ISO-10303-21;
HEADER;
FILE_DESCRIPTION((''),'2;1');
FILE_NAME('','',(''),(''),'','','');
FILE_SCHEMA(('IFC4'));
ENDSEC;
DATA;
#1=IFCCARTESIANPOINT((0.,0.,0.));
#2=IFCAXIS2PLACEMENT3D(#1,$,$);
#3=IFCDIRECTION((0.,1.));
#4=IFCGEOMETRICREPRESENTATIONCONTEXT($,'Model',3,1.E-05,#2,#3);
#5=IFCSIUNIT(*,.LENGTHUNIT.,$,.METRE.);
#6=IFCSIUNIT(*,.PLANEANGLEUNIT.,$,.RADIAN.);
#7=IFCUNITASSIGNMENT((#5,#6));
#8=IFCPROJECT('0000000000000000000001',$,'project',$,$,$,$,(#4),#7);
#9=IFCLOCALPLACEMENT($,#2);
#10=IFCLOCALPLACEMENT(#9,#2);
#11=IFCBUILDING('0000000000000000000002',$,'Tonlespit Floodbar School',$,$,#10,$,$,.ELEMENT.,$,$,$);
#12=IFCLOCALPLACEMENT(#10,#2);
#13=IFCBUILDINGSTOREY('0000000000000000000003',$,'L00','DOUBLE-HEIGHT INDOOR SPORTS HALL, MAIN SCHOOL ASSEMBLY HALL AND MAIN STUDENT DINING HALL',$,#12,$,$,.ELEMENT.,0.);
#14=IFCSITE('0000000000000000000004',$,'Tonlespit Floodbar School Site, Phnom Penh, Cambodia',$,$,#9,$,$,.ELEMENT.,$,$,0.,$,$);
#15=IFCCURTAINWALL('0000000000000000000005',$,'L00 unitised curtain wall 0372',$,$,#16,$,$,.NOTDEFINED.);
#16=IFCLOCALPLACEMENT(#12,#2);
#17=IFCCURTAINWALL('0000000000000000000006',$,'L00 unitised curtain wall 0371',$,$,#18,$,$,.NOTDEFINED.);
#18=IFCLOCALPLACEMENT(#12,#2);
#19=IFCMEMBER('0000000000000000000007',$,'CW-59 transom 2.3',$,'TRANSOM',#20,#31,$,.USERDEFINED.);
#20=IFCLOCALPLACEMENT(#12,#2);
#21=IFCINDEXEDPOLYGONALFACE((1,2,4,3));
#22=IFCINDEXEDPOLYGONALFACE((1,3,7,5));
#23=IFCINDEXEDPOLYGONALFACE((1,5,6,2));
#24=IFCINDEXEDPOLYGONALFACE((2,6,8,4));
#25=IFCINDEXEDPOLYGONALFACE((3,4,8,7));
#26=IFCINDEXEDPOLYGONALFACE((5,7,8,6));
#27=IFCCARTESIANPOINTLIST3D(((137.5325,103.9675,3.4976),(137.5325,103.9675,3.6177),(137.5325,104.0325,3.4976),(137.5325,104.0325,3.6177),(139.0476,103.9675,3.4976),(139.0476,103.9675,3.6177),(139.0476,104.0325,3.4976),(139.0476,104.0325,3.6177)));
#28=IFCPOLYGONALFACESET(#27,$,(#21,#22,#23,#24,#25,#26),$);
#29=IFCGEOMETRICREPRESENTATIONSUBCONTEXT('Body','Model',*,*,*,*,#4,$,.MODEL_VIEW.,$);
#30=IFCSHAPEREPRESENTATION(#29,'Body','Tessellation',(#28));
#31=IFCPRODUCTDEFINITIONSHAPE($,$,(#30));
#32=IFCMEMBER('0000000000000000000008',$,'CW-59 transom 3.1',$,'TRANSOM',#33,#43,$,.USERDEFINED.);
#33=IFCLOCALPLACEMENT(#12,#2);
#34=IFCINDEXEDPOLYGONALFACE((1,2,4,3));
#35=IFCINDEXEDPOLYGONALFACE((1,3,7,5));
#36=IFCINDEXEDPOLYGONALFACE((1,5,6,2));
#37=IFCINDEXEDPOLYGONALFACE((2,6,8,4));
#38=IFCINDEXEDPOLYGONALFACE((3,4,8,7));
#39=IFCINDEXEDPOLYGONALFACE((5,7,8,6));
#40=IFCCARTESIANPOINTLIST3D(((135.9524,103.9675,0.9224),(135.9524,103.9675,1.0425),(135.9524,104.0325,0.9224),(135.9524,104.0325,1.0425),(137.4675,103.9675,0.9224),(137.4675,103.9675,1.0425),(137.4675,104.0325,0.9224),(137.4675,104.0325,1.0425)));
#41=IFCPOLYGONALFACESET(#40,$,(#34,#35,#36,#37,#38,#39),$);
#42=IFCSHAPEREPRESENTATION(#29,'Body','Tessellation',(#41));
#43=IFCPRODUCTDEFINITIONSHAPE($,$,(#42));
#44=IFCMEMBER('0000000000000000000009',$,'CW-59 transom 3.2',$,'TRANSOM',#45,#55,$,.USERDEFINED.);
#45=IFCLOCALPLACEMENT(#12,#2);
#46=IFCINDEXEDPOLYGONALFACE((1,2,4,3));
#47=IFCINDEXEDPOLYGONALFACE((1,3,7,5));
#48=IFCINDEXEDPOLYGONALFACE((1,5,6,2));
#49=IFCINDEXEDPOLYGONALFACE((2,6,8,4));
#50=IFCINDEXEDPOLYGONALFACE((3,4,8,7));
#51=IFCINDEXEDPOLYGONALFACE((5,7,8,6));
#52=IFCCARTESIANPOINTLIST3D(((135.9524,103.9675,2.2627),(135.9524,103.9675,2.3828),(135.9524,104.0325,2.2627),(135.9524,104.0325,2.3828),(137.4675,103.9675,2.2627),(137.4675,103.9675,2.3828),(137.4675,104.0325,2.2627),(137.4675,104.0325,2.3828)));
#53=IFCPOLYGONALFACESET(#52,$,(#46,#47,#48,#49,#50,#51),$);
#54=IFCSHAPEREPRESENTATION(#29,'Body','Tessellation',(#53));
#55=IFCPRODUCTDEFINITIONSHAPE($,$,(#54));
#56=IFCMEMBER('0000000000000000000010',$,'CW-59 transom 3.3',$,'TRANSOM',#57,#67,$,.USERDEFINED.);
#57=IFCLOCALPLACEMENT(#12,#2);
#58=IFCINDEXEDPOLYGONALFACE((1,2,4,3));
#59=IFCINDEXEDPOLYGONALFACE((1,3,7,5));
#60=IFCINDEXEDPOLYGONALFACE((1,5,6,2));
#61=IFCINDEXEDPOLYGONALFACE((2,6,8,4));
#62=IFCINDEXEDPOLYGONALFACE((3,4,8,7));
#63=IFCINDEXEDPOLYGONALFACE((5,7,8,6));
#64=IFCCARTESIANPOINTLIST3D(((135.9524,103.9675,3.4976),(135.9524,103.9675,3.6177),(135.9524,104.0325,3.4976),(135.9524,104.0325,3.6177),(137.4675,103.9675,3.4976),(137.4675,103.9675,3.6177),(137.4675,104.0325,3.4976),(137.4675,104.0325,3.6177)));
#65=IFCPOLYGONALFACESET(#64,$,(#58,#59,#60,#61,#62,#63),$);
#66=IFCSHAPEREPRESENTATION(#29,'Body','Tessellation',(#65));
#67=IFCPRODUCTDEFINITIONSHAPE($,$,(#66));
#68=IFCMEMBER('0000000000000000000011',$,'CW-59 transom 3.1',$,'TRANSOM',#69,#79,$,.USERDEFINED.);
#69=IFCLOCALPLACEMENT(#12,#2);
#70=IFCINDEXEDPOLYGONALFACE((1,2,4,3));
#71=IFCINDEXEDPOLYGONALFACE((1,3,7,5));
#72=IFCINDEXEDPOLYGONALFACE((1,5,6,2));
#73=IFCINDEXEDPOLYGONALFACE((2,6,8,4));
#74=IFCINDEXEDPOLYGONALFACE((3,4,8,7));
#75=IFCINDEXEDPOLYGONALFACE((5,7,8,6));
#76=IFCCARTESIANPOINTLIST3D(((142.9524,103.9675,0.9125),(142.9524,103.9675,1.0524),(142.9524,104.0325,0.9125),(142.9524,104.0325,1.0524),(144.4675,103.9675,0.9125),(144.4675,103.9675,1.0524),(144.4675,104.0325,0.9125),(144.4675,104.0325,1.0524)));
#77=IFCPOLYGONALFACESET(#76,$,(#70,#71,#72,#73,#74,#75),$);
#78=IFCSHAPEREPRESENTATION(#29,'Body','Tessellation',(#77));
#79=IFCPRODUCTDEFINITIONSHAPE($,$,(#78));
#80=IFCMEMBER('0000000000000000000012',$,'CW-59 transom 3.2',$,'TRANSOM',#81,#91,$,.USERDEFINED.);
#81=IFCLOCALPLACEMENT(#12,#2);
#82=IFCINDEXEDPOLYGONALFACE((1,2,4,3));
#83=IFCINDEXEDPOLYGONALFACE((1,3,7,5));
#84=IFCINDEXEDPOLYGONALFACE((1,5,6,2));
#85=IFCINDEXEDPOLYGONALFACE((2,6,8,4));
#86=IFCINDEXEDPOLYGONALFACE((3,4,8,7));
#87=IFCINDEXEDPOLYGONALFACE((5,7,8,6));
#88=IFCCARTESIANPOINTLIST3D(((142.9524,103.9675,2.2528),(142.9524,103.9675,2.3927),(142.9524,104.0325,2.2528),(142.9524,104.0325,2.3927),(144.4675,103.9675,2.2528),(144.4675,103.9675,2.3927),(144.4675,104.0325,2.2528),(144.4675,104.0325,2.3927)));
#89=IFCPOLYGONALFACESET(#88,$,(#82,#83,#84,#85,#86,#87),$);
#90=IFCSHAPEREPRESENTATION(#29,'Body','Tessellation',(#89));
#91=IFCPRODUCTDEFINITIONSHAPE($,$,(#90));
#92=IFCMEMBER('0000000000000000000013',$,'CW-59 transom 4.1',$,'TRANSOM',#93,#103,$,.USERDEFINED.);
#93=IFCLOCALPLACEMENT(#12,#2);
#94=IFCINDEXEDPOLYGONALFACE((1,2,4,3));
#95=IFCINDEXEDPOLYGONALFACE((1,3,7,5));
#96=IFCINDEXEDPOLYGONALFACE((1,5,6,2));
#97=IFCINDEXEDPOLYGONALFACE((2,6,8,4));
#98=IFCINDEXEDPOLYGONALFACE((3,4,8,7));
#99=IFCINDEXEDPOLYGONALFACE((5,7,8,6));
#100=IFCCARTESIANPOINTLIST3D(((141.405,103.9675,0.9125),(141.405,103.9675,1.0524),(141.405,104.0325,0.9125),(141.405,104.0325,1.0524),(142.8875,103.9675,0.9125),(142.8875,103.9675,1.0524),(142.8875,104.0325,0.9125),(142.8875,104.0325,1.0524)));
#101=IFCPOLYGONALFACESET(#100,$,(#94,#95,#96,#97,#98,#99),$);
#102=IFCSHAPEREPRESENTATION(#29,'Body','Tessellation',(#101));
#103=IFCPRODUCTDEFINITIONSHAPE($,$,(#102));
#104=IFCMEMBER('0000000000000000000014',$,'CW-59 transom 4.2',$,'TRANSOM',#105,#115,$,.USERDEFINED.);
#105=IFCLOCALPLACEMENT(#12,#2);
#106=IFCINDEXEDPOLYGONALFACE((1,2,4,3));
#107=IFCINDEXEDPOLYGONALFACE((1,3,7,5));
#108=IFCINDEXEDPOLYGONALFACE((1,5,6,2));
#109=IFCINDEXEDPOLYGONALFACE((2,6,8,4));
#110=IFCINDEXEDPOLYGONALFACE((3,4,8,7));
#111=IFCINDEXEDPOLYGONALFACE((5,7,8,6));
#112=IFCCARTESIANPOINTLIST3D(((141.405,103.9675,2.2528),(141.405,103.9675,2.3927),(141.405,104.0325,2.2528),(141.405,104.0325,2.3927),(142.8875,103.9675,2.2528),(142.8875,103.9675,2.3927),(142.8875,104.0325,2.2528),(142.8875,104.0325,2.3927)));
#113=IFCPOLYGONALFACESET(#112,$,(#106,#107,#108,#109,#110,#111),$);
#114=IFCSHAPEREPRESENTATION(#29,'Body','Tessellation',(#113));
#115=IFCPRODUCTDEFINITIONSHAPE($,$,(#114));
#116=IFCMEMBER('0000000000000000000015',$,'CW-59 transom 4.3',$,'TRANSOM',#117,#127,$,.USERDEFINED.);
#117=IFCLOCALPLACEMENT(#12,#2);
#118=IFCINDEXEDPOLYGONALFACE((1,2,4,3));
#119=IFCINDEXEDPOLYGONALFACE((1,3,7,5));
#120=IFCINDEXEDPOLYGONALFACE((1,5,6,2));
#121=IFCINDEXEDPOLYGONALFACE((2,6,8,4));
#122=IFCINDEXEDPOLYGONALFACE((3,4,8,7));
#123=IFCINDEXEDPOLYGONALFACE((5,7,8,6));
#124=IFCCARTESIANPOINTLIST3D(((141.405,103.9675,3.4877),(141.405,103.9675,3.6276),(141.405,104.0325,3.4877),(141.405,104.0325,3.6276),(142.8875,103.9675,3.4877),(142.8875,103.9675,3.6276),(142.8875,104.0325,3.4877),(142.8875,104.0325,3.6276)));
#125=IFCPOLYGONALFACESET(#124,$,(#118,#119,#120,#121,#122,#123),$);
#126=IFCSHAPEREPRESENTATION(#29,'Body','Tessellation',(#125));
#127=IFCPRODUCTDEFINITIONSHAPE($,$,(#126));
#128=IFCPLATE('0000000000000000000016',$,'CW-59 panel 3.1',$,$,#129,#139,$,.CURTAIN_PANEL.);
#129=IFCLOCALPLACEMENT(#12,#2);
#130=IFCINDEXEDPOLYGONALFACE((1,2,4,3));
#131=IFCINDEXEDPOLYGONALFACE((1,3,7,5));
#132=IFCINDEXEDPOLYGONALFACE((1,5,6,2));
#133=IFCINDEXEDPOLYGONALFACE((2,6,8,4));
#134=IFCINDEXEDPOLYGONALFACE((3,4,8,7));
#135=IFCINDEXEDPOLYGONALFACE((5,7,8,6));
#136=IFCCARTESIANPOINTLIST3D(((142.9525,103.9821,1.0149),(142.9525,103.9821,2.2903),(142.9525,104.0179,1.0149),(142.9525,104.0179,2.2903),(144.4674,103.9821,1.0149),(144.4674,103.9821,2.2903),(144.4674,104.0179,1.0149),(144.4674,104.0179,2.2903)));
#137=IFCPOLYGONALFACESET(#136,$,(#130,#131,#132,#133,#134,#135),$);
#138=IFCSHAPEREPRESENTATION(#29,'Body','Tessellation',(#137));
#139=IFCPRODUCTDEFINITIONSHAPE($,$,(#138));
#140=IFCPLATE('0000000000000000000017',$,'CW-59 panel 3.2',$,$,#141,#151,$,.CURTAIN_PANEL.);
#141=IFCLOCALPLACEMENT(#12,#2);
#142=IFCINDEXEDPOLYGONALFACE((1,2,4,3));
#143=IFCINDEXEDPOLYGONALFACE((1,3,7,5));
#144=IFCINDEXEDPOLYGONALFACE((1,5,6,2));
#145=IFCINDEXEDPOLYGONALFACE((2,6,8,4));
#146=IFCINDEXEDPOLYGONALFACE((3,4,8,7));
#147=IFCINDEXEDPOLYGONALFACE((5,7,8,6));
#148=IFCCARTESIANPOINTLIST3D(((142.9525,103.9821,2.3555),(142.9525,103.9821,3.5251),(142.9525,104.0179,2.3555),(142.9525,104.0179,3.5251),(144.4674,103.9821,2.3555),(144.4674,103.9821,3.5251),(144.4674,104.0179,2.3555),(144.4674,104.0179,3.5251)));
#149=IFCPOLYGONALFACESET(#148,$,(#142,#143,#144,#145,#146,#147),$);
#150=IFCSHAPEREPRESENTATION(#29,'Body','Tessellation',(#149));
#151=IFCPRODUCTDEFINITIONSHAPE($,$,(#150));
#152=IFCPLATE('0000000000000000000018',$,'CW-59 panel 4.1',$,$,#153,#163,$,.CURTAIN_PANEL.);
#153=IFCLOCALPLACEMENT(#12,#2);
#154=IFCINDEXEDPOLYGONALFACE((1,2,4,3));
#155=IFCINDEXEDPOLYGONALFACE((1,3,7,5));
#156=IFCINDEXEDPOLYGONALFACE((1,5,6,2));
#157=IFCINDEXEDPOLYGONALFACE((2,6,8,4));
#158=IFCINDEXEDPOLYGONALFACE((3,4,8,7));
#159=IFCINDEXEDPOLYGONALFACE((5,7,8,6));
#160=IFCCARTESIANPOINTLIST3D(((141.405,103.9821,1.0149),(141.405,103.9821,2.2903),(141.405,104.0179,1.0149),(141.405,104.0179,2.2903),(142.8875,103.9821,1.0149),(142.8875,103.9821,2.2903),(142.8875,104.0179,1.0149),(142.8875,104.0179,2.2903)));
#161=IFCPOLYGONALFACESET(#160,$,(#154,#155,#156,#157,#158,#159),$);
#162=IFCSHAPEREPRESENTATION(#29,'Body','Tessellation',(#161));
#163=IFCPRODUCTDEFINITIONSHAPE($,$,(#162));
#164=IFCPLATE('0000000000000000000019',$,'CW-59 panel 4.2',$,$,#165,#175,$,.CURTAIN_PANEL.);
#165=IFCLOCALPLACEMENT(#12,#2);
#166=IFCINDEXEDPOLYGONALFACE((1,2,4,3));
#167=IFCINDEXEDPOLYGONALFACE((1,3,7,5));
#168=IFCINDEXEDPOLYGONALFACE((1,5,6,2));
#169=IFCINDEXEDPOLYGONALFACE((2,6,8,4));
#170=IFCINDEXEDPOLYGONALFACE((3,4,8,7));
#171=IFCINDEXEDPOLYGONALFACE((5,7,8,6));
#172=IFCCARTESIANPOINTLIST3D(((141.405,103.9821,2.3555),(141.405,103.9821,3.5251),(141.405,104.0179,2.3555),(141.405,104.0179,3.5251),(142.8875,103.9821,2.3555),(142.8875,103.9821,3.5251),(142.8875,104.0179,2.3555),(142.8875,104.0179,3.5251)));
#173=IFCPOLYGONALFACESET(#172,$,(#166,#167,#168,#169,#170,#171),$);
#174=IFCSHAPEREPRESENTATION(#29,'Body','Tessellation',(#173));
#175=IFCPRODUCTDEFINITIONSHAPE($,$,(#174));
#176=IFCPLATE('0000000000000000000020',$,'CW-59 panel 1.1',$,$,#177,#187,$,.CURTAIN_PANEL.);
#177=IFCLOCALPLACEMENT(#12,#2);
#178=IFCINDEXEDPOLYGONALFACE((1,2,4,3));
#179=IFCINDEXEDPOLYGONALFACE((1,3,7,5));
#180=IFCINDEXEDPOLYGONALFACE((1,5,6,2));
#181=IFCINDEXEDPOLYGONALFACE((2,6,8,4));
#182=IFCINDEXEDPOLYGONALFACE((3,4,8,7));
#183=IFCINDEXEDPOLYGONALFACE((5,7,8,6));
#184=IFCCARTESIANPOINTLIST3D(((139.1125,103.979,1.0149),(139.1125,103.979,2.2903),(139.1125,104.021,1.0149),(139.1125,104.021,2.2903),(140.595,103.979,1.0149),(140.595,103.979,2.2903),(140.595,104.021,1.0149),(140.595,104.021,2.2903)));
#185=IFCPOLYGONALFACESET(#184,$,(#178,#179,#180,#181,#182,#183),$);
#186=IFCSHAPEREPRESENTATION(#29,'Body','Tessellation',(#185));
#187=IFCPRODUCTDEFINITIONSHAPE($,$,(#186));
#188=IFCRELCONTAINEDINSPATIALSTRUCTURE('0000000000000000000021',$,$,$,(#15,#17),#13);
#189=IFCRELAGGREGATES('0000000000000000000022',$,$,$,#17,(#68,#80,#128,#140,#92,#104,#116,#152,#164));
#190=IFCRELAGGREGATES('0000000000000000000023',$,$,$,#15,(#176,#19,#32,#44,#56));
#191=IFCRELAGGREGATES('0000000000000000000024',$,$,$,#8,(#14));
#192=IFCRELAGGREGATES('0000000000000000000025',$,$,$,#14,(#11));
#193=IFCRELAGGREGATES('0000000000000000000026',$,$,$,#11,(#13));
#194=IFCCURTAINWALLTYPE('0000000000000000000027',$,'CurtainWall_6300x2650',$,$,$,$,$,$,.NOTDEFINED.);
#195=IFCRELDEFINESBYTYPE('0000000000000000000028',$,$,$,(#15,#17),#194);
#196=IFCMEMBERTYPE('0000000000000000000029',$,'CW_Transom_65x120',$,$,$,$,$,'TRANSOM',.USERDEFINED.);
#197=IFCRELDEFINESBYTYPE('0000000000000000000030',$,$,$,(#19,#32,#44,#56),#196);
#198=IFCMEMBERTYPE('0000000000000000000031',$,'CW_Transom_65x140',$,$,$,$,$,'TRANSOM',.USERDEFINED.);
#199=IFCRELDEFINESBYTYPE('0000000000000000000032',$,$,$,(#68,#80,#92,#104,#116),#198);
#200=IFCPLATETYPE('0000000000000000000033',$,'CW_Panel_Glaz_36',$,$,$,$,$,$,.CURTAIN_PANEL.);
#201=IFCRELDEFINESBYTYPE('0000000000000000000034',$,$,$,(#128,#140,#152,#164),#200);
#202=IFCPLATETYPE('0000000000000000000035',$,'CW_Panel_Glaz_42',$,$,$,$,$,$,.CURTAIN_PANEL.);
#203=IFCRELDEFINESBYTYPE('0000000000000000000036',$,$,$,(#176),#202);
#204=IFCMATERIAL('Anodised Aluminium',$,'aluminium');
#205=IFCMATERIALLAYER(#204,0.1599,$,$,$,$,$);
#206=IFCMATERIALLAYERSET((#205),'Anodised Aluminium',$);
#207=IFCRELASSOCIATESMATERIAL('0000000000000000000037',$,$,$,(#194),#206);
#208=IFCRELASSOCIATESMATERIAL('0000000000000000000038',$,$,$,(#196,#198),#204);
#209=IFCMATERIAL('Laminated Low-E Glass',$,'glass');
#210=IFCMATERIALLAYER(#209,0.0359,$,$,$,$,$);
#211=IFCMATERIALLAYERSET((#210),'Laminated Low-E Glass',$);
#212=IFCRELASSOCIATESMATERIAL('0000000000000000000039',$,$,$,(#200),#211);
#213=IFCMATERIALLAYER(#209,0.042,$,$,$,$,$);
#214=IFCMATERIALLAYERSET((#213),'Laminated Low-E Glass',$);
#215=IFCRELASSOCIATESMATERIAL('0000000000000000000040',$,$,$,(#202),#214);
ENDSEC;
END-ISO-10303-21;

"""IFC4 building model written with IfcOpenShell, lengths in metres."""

from ifc_helpers import new_model, si_unit, direction, frame, origin, origin_2d, place, context, subcontext, project, spatial, rectangle, extrude, material, layer, layer_set, material_profile, profile_set, type_object, element, aggregate, save


model = new_model("IFC4")

# Units and contexts
model_context = context("Model", 3, precision=1e-05, world=origin(), true_north=direction((0.0, 1.0)))
body_context = subcontext(model_context, "Body", "Model", "MODEL_VIEW")
ifc_project = project(units=[si_unit("LENGTHUNIT", "METRE"), si_unit("PLANEANGLEUNIT", "RADIAN")], contexts=[model_context])

# Site, building, storey
site_placement = place(None, origin())
site = spatial("IfcSite", under=ifc_project, at=site_placement, Name="Tonlespit Floodbar School Site, Phnom Penh, Cambodia", CompositionType="ELEMENT", RefElevation=0.0)
building_placement = place(site_placement, origin())
building = spatial("IfcBuilding", under=site, at=building_placement, Name="Tonlespit Floodbar School", CompositionType="ELEMENT")
storey_placement = place(building_placement, origin())
storey = spatial("IfcBuildingStorey", under=building, at=storey_placement, Name="L00", Description="DOUBLE-HEIGHT INDOOR SPORTS HALL, MAIN SCHOOL ASSEMBLY HALL AND MAIN STUDENT DINING HALL", CompositionType="ELEMENT", Elevation=0.0)

# Curtain walls
ifc_material_1 = material(Name="Anodised Aluminium", Category="aluminium")
ifc_layer_1 = layer(ifc_material_1, 0.1599)
ifc_layer_set_1 = layer_set([ifc_layer_1], Name="Anodised Aluminium")
curtain_wall_type = type_object("IfcCurtainWallType", Name="CurtainWall_6300x2650", PredefinedType="NOTDEFINED", material=ifc_layer_set_1)
curtain_wall_1_placement = place(storey_placement, origin())
curtain_wall_1 = element("IfcCurtainWall", 1, at=curtain_wall_1_placement, inside=storey, type_object=curtain_wall_type, Name="L00 unitised curtain wall 0372", PredefinedType="NOTDEFINED")
curtain_wall_2_placement = place(storey_placement, origin())
curtain_wall_2 = element("IfcCurtainWall", 2, at=curtain_wall_2_placement, inside=storey, type_object=curtain_wall_type, Name="L00 unitised curtain wall 0371", PredefinedType="NOTDEFINED")

# Members
ifc_material_profile_1 = material_profile(ifc_material_1, rectangle(XDim=0.0649, YDim=0.1201, at=origin_2d()), Name="ALU T65x120")
ifc_profile_set_1 = profile_set([ifc_material_profile_1], Name="Anodised Aluminium")
member_type_1 = type_object("IfcMemberType", Name="CW_Transom_65x120", ElementType="TRANSOM", PredefinedType="USERDEFINED", material=ifc_profile_set_1)
member_1_placement = place(storey_placement, frame((139.0476, 104.0, 3.5576), z_axis=(-1.0, 0.0, 0.0), x_axis=(0.0, -1.0, 0.0)))
member_1 = element("IfcMember", 3, at=member_1_placement, type_object=member_type_1, Name="CW-59 transom 2.3", ObjectType="TRANSOM", PredefinedType="USERDEFINED", context=body_context, shape_type="SweptSolid", body=[
    extrude(rectangle(XDim=0.0649, YDim=0.1201, at=origin_2d()), origin(), (0.0, 0.0, 1.0), 1.5151),
])
member_2_placement = place(storey_placement, frame((137.4675, 104.0, 0.9824), z_axis=(-1.0, 0.0, 0.0), x_axis=(0.0, -1.0, 0.0)))
member_2 = element("IfcMember", 4, at=member_2_placement, type_object=member_type_1, Name="CW-59 transom 3.1", ObjectType="TRANSOM", PredefinedType="USERDEFINED", context=body_context, shape_type="SweptSolid", body=[
    extrude(rectangle(XDim=0.0649, YDim=0.1201, at=origin_2d()), origin(), (0.0, 0.0, 1.0), 1.5151),
])
member_3_placement = place(storey_placement, frame((137.4675, 104.0, 2.3228), z_axis=(-1.0, 0.0, 0.0), x_axis=(0.0, -1.0, 0.0)))
member_3 = element("IfcMember", 5, at=member_3_placement, type_object=member_type_1, Name="CW-59 transom 3.2", ObjectType="TRANSOM", PredefinedType="USERDEFINED", context=body_context, shape_type="SweptSolid", body=[
    extrude(rectangle(XDim=0.0649, YDim=0.1201, at=origin_2d()), origin(), (0.0, 0.0, 1.0), 1.5151),
])
member_4_placement = place(storey_placement, frame((137.4675, 104.0, 3.5576), z_axis=(-1.0, 0.0, 0.0), x_axis=(0.0, -1.0, 0.0)))
member_4 = element("IfcMember", 6, at=member_4_placement, type_object=member_type_1, Name="CW-59 transom 3.3", ObjectType="TRANSOM", PredefinedType="USERDEFINED", context=body_context, shape_type="SweptSolid", body=[
    extrude(rectangle(XDim=0.0649, YDim=0.1201, at=origin_2d()), origin(), (0.0, 0.0, 1.0), 1.5151),
])
ifc_material_profile_2 = material_profile(ifc_material_1, rectangle(XDim=0.0649, YDim=0.1399, at=origin_2d()), Name="ALU T65x140")
ifc_profile_set_2 = profile_set([ifc_material_profile_2], Name="Anodised Aluminium")
member_type_2 = type_object("IfcMemberType", Name="CW_Transom_65x140", ElementType="TRANSOM", PredefinedType="USERDEFINED", material=ifc_profile_set_2)
member_5_placement = place(storey_placement, frame((144.4675, 104.0, 0.9824), z_axis=(-1.0, 0.0, 0.0), x_axis=(0.0, -1.0, 0.0)))
member_5 = element("IfcMember", 7, at=member_5_placement, type_object=member_type_2, Name="CW-59 transom 3.1", ObjectType="TRANSOM", PredefinedType="USERDEFINED", context=body_context, shape_type="SweptSolid", body=[
    extrude(rectangle(XDim=0.0649, YDim=0.1399, at=origin_2d()), origin(), (0.0, 0.0, 1.0), 1.5151),
])
member_6_placement = place(storey_placement, frame((144.4675, 104.0, 2.3228), z_axis=(-1.0, 0.0, 0.0), x_axis=(0.0, -1.0, 0.0)))
member_6 = element("IfcMember", 8, at=member_6_placement, type_object=member_type_2, Name="CW-59 transom 3.2", ObjectType="TRANSOM", PredefinedType="USERDEFINED", context=body_context, shape_type="SweptSolid", body=[
    extrude(rectangle(XDim=0.0649, YDim=0.1399, at=origin_2d()), origin(), (0.0, 0.0, 1.0), 1.5151),
])
member_7_placement = place(storey_placement, frame((142.8875, 104.0, 0.9824), z_axis=(-1.0, 0.0, 0.0), x_axis=(0.0, -1.0, 0.0)))
member_7 = element("IfcMember", 9, at=member_7_placement, type_object=member_type_2, Name="CW-59 transom 4.1", ObjectType="TRANSOM", PredefinedType="USERDEFINED", context=body_context, shape_type="SweptSolid", body=[
    extrude(rectangle(XDim=0.0649, YDim=0.1399, at=origin_2d()), origin(), (0.0, 0.0, 1.0), 1.4824),
])
member_8_placement = place(storey_placement, frame((142.8875, 104.0, 2.3228), z_axis=(-1.0, 0.0, 0.0), x_axis=(0.0, -1.0, 0.0)))
member_8 = element("IfcMember", 10, at=member_8_placement, type_object=member_type_2, Name="CW-59 transom 4.2", ObjectType="TRANSOM", PredefinedType="USERDEFINED", context=body_context, shape_type="SweptSolid", body=[
    extrude(rectangle(XDim=0.0649, YDim=0.1399, at=origin_2d()), origin(), (0.0, 0.0, 1.0), 1.4824),
])
member_9_placement = place(storey_placement, frame((142.8875, 104.0, 3.5576), z_axis=(-1.0, 0.0, 0.0), x_axis=(0.0, -1.0, 0.0)))
member_9 = element("IfcMember", 11, at=member_9_placement, type_object=member_type_2, Name="CW-59 transom 4.3", ObjectType="TRANSOM", PredefinedType="USERDEFINED", context=body_context, shape_type="SweptSolid", body=[
    extrude(rectangle(XDim=0.0649, YDim=0.1399, at=origin_2d()), origin(), (0.0, 0.0, 1.0), 1.4824),
])

# Plates
ifc_material_2 = material(Name="Laminated Low-E Glass", Category="glass")
ifc_layer_2 = layer(ifc_material_2, 0.0359)
ifc_layer_set_2 = layer_set([ifc_layer_2], Name="Laminated Low-E Glass")
plate_type_1 = type_object("IfcPlateType", Name="CW_Panel_Glaz_36", PredefinedType="CURTAIN_PANEL", material=ifc_layer_set_2)
plate_1_placement = place(storey_placement, frame((143.71, 104.0, 1.0149), z_axis=(0.0, 0.0, 1.0), x_axis=(-1.0, 0.0, 0.0)))
plate_1 = element("IfcPlate", 12, at=plate_1_placement, type_object=plate_type_1, Name="CW-59 panel 3.1", PredefinedType="CURTAIN_PANEL", context=body_context, shape_type="SweptSolid", body=[
    extrude(rectangle(XDim=1.5149, YDim=0.0359, at=origin_2d()), origin(), (0.0, 0.0, 1.0), 1.2754),
])
plate_2_placement = place(storey_placement, frame((143.71, 104.0, 2.3555), z_axis=(0.0, 0.0, 1.0), x_axis=(-1.0, 0.0, 0.0)))
plate_2 = element("IfcPlate", 13, at=plate_2_placement, type_object=plate_type_1, Name="CW-59 panel 3.2", PredefinedType="CURTAIN_PANEL", context=body_context, shape_type="SweptSolid", body=[
    extrude(rectangle(XDim=1.5149, YDim=0.0359, at=origin_2d()), origin(), (0.0, 0.0, 1.0), 1.1697),
])
plate_3_placement = place(storey_placement, frame((142.1462, 104.0, 1.0149), z_axis=(0.0, 0.0, 1.0), x_axis=(-1.0, 0.0, 0.0)))
plate_3 = element("IfcPlate", 14, at=plate_3_placement, type_object=plate_type_1, Name="CW-59 panel 4.1", PredefinedType="CURTAIN_PANEL", context=body_context, shape_type="SweptSolid", body=[
    extrude(rectangle(XDim=1.4824, YDim=0.0359, at=origin_2d()), origin(), (0.0, 0.0, 1.0), 1.2754),
])
plate_4_placement = place(storey_placement, frame((142.1462, 104.0, 2.3555), z_axis=(0.0, 0.0, 1.0), x_axis=(-1.0, 0.0, 0.0)))
plate_4 = element("IfcPlate", 15, at=plate_4_placement, type_object=plate_type_1, Name="CW-59 panel 4.2", PredefinedType="CURTAIN_PANEL", context=body_context, shape_type="SweptSolid", body=[
    extrude(rectangle(XDim=1.4824, YDim=0.0359, at=origin_2d()), origin(), (0.0, 0.0, 1.0), 1.1697),
])
aggregate(curtain_wall_2, [member_5, member_6, plate_1, plate_2, member_7, member_8, member_9, plate_3, plate_4])
ifc_layer_3 = layer(ifc_material_2, 0.042)
ifc_layer_set_3 = layer_set([ifc_layer_3], Name="Laminated Low-E Glass")
plate_type_2 = type_object("IfcPlateType", Name="CW_Panel_Glaz_42", PredefinedType="CURTAIN_PANEL", material=ifc_layer_set_3)
plate_5_placement = place(storey_placement, frame((139.8538, 104.0, 1.0149), z_axis=(0.0, 0.0, 1.0), x_axis=(-1.0, 0.0, 0.0)))
plate_5 = element("IfcPlate", 16, at=plate_5_placement, type_object=plate_type_2, Name="CW-59 panel 1.1", PredefinedType="CURTAIN_PANEL", context=body_context, shape_type="SweptSolid", body=[
    extrude(rectangle(XDim=1.4824, YDim=0.042, at=origin_2d()), origin(), (0.0, 0.0, 1.0), 1.2754),
])
aggregate(curtain_wall_1, [plate_5, member_1, member_2, member_3, member_4])

save(model, "model.ifc")
